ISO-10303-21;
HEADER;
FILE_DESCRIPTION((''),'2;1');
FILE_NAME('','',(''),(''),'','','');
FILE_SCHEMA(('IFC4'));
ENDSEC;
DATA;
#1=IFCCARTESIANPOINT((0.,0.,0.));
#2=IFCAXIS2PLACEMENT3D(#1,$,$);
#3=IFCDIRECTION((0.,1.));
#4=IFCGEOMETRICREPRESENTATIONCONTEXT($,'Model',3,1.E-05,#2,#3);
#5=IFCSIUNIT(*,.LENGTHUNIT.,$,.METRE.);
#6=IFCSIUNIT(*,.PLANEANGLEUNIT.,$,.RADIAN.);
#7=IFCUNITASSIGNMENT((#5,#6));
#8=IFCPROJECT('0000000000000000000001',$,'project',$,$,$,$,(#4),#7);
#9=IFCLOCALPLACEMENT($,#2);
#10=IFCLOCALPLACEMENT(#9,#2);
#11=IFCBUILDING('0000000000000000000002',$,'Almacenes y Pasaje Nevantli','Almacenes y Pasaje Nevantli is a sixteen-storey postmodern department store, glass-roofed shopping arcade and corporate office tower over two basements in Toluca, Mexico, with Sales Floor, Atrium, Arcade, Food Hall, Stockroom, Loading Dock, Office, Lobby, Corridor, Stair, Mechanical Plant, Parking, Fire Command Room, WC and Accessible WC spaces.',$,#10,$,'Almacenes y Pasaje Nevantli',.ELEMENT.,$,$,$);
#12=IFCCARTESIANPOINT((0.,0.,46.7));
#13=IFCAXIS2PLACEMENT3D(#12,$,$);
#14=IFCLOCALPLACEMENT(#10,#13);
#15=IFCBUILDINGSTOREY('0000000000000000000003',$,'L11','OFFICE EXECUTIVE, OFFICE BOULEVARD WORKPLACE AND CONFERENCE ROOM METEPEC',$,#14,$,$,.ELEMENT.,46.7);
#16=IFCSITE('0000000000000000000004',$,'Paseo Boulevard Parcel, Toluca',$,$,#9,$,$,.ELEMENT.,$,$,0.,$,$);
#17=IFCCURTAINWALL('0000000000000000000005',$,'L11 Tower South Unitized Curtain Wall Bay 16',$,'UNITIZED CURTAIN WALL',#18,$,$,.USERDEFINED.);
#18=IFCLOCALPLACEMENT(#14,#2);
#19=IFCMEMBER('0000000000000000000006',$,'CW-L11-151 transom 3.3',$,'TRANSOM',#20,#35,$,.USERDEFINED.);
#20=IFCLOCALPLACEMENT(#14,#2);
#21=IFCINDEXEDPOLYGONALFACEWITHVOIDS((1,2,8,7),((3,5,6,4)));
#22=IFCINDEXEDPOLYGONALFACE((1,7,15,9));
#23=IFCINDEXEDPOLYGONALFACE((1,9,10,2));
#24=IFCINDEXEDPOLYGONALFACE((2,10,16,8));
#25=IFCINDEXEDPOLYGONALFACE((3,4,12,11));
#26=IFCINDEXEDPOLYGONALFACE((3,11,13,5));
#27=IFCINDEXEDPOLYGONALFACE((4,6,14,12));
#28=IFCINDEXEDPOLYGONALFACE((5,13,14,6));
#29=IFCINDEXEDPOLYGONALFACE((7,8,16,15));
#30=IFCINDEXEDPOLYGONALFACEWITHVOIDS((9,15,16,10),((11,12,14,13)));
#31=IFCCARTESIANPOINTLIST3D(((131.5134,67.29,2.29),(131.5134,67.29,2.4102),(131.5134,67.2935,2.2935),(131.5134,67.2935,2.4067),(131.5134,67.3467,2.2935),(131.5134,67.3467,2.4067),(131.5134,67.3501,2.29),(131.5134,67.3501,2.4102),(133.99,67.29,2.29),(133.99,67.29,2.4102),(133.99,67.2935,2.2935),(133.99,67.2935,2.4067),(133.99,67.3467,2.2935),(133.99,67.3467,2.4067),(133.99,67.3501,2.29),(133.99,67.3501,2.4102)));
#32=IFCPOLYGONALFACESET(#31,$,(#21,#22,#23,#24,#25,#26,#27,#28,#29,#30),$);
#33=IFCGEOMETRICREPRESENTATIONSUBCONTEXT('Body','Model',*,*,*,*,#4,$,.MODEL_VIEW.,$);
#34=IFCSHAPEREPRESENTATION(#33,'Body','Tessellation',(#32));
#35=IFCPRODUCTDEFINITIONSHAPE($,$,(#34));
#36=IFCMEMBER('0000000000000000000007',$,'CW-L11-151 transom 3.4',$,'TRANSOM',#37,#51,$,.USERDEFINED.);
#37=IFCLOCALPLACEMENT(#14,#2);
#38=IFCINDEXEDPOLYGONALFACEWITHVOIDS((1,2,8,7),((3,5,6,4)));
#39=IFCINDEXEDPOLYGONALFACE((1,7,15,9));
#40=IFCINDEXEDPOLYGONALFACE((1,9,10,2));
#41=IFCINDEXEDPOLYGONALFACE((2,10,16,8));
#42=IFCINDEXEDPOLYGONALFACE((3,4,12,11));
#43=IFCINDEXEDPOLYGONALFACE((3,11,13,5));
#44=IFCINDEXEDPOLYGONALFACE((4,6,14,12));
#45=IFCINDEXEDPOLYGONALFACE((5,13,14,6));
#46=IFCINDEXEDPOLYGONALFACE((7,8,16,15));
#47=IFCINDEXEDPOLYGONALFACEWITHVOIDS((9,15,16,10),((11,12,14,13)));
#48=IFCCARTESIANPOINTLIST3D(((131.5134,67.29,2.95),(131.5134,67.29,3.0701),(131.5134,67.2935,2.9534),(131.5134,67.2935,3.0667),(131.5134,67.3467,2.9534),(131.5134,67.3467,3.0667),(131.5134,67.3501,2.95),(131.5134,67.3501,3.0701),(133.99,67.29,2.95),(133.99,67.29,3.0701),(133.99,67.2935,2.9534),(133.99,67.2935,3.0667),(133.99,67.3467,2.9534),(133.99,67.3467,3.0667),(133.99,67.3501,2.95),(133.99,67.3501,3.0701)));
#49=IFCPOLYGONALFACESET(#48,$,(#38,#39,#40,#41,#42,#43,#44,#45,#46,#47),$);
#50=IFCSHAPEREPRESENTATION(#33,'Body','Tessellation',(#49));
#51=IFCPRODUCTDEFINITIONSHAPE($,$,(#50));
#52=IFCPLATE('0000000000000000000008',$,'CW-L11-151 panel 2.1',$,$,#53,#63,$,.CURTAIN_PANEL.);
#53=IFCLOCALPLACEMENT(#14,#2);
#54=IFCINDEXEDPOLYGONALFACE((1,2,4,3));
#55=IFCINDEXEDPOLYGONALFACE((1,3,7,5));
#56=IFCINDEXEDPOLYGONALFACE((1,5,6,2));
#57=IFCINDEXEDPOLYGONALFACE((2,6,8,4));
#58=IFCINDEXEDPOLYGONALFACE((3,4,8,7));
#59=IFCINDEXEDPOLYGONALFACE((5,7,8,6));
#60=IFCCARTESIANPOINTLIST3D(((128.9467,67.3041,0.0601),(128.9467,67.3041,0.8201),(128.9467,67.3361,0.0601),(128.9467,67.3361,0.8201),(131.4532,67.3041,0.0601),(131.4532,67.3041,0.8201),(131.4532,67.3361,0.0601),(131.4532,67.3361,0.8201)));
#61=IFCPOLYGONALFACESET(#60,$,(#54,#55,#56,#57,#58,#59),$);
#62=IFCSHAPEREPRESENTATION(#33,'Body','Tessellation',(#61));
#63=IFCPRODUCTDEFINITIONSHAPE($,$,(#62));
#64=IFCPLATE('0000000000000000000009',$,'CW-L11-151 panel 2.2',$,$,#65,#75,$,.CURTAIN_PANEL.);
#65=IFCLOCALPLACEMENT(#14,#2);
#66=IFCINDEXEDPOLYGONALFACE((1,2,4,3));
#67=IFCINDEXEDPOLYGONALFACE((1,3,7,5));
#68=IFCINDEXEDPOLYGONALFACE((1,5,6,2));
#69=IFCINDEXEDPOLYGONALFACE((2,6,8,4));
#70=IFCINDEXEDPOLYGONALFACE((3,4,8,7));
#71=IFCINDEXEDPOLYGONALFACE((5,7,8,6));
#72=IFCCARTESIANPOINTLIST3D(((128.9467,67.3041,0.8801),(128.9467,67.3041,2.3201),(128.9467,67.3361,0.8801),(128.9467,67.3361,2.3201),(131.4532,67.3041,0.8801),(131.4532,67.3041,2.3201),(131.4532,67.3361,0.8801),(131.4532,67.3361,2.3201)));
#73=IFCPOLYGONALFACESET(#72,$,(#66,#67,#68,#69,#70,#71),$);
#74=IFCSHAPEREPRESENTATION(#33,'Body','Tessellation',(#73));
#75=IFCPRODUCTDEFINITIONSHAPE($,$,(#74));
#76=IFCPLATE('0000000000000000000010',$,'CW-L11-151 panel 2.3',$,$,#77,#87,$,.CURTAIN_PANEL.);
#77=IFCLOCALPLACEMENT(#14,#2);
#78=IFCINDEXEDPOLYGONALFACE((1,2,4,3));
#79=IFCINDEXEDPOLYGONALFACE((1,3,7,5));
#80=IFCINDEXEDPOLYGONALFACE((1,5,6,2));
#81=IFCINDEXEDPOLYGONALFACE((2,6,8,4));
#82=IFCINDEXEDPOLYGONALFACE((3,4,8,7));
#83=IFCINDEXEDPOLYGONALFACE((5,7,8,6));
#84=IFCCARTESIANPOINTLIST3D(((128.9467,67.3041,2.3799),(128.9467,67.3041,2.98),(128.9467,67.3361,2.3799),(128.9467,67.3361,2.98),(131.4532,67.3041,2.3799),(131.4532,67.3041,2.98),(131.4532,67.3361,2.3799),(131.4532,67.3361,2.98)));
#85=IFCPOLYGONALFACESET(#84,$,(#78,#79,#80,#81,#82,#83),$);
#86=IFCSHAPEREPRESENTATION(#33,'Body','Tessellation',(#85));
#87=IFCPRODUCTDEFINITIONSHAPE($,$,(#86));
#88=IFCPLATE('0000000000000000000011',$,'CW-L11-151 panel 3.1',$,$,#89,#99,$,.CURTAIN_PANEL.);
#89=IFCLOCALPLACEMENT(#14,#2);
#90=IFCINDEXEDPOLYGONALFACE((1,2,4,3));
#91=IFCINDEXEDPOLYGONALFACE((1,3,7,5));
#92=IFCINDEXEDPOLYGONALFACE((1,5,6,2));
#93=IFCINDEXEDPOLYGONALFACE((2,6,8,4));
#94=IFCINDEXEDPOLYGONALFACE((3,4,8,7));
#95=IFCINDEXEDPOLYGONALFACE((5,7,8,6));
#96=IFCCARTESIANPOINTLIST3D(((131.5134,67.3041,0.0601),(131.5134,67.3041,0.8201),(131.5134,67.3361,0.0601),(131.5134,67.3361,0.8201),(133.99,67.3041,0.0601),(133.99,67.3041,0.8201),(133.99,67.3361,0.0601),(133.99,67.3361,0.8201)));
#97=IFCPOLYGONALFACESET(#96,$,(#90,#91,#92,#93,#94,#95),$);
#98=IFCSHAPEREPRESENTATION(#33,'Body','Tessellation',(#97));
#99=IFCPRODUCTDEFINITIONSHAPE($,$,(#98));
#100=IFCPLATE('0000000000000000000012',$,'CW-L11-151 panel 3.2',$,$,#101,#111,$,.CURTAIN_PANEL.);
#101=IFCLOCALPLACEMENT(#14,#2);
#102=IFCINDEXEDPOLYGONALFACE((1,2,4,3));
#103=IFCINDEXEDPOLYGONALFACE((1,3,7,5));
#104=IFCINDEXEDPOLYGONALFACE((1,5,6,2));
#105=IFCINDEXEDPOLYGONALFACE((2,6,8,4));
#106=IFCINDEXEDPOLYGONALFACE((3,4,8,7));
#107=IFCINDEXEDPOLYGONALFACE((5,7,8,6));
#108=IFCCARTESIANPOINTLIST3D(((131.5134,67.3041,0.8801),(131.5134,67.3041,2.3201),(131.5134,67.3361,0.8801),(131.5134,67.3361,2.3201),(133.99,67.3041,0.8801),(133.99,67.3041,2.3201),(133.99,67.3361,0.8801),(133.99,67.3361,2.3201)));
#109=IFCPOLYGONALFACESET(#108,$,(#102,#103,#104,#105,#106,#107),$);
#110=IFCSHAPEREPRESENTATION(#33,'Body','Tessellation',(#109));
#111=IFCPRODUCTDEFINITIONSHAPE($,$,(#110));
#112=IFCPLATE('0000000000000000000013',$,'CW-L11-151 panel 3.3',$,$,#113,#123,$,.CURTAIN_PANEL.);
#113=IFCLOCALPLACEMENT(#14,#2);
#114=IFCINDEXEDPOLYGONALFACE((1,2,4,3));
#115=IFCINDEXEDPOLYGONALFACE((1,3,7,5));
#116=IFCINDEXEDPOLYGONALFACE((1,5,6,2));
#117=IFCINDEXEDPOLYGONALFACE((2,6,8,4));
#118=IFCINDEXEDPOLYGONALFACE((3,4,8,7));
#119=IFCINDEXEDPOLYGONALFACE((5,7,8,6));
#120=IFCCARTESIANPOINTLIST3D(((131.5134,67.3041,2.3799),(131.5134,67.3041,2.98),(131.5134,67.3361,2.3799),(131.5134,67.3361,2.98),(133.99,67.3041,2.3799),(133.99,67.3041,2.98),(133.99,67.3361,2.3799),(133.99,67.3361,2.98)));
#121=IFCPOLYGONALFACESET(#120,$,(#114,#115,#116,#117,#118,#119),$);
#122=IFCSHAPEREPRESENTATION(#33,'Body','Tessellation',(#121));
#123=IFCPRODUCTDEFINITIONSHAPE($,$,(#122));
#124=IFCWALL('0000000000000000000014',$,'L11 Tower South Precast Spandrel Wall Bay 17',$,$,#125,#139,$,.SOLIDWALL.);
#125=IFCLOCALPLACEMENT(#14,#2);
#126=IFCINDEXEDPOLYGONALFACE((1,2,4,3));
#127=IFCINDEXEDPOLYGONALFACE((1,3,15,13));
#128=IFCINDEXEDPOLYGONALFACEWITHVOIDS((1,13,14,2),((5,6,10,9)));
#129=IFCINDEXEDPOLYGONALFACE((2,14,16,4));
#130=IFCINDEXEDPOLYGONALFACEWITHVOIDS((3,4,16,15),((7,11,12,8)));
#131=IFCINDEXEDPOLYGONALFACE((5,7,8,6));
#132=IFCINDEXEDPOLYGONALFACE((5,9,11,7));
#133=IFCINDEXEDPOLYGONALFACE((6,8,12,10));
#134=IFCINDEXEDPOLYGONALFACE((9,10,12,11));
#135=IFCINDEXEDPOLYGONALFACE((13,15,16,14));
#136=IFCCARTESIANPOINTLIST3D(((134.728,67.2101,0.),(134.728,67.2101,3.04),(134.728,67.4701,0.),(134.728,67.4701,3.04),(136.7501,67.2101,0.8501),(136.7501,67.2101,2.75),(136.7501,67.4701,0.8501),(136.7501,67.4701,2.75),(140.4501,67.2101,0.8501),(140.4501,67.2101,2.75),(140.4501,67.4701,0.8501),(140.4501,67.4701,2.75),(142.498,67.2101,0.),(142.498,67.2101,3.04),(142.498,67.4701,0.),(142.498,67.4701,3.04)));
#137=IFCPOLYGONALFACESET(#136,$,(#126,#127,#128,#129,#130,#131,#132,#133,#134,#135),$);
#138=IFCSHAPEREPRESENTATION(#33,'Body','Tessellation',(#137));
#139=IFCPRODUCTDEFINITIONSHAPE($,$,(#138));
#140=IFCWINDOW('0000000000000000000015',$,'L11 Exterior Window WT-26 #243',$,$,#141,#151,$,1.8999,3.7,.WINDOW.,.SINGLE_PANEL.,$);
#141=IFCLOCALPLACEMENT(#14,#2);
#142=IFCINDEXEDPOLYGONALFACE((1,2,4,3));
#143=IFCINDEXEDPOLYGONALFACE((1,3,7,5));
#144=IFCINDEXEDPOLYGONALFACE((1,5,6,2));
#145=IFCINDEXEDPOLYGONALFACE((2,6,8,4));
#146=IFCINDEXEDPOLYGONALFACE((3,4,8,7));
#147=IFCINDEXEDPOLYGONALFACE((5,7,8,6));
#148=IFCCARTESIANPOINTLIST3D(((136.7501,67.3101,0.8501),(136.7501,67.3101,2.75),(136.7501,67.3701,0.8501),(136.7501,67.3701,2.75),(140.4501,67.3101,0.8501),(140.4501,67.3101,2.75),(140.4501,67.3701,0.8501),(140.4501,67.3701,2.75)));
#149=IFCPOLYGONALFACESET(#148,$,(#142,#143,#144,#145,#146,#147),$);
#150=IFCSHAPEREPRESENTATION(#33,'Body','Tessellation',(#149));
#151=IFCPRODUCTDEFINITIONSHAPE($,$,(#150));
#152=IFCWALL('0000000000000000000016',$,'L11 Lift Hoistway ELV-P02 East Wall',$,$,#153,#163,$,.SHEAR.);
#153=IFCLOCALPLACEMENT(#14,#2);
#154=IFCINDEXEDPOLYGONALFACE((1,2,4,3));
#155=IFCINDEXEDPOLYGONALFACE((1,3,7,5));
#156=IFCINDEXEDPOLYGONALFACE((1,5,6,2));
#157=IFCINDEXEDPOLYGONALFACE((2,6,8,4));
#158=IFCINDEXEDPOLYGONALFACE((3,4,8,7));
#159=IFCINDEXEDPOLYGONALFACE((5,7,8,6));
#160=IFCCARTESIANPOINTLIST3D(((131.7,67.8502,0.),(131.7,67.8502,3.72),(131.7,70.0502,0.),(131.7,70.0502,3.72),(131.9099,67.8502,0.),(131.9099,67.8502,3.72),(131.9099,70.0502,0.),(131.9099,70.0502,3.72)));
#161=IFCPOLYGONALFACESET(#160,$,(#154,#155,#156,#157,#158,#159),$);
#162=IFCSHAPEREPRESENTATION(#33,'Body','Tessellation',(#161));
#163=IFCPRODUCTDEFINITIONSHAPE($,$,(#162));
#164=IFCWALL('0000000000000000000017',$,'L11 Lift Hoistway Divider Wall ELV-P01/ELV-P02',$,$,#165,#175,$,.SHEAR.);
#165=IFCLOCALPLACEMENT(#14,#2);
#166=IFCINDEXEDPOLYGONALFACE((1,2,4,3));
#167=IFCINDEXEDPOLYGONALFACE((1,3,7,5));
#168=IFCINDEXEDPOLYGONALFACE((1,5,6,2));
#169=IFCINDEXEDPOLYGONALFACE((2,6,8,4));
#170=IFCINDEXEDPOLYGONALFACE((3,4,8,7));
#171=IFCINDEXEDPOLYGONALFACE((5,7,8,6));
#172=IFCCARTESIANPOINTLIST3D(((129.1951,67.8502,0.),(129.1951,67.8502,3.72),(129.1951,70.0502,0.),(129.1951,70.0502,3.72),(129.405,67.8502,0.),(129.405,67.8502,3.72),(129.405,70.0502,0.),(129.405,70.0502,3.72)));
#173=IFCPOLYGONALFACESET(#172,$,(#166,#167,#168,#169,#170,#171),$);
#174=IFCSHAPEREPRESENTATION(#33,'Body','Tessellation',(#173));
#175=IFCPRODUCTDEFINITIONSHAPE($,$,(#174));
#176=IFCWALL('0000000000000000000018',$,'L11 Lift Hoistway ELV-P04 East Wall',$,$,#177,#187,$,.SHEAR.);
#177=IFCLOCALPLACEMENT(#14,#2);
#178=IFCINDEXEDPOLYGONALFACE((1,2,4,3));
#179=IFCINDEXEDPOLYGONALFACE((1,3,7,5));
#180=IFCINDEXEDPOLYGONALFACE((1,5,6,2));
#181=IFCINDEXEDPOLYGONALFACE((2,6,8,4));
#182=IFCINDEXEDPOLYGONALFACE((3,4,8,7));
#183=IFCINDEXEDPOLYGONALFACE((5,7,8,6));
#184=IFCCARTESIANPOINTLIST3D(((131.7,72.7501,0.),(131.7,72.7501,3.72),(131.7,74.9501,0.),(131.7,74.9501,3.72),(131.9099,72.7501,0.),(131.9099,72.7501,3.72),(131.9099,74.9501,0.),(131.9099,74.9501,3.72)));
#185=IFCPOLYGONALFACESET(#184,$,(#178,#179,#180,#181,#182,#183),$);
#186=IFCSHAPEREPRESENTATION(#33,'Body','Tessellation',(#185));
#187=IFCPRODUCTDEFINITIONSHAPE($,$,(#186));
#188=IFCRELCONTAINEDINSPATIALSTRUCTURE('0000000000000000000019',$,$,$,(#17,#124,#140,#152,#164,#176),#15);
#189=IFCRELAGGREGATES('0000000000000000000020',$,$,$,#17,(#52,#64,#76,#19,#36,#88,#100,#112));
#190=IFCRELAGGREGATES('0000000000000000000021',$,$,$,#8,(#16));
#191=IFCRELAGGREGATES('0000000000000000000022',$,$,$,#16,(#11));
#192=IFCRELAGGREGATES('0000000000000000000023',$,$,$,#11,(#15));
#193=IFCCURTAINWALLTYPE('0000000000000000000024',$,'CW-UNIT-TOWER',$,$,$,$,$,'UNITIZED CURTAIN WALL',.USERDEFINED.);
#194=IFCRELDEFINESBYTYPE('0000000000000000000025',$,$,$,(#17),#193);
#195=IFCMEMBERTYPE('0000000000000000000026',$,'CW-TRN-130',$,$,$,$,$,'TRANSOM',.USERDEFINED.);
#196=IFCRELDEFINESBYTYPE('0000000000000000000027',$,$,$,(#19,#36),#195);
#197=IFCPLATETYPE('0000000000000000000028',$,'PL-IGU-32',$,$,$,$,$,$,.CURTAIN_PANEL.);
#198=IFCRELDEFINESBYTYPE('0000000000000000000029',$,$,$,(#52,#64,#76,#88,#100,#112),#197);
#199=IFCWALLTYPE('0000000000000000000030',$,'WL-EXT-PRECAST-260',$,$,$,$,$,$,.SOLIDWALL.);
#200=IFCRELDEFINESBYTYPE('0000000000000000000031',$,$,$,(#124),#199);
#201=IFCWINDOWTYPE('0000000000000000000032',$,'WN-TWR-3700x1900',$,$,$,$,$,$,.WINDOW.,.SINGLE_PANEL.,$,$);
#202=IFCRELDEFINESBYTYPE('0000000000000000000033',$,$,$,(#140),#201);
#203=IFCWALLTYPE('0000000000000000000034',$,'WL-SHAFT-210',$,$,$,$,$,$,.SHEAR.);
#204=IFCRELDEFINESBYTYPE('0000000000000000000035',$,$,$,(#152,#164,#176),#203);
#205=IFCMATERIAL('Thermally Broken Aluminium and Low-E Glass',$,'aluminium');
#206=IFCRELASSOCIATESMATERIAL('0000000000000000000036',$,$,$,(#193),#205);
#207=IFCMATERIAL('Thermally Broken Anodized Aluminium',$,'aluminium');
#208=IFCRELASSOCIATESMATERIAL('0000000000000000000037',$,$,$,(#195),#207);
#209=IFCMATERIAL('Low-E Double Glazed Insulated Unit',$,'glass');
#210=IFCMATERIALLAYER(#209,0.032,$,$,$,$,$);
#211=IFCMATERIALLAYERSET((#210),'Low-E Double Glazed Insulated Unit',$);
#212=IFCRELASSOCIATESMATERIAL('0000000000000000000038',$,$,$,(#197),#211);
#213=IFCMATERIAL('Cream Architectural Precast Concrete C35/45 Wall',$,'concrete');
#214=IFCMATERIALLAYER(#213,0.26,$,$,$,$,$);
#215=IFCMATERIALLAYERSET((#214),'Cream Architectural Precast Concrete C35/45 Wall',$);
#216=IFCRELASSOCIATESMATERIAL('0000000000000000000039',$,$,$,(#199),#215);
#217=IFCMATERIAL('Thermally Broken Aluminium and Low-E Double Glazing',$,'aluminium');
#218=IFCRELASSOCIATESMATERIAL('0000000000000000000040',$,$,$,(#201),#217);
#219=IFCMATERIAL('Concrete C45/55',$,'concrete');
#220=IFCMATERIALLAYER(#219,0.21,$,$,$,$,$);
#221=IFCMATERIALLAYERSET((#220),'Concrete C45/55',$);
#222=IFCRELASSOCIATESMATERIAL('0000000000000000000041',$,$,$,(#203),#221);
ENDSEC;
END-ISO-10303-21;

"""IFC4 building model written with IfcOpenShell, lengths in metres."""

from ifc_helpers import new_model, si_unit, direction, frame, frame_2d, origin, origin_2d, place, context, subcontext, project, spatial, rectangle, hollow_rectangle, extrude, material, layer, layer_set, material_profile, profile_set, type_object, element, fill, aggregate, save


model = new_model("IFC4")

# Units and contexts
model_context = context("Model", 3, precision=1e-05, world=origin(), true_north=direction((0.0, 1.0)))
body_context = subcontext(model_context, "Body", "Model", "MODEL_VIEW")
ifc_project = project(units=[si_unit("LENGTHUNIT", "METRE"), si_unit("PLANEANGLEUNIT", "RADIAN")], contexts=[model_context])

# Site, building, storey
site_placement = place(None, origin())
site = spatial("IfcSite", under=ifc_project, at=site_placement, Name="Paseo Boulevard Parcel, Toluca", CompositionType="ELEMENT", RefElevation=0.0)
building_placement = place(site_placement, origin())
building = spatial("IfcBuilding", under=site, at=building_placement, Name="Almacenes y Pasaje Nevantli", Description="Almacenes y Pasaje Nevantli is a sixteen-storey postmodern department store, glass-roofed shopping arcade and corporate office tower over two basements in Toluca, Mexico, with Sales Floor, Atrium, Arcade, Food Hall, Stockroom, Loading Dock, Office, Lobby, Corridor, Stair, Mechanical Plant, Parking, Fire Command Room, WC and Accessible WC spaces.", LongName="Almacenes y Pasaje Nevantli", CompositionType="ELEMENT")
storey_placement = place(building_placement, frame((0.0, 0.0, 46.7)))
storey = spatial("IfcBuildingStorey", under=building, at=storey_placement, Name="L11", Description="OFFICE EXECUTIVE, OFFICE BOULEVARD WORKPLACE AND CONFERENCE ROOM METEPEC", CompositionType="ELEMENT", Elevation=46.7)

# Curtain wall, members, plates
ifc_material_1 = material(Name="Thermally Broken Aluminium and Low-E Glass", Category="aluminium")
curtain_wall_type = type_object("IfcCurtainWallType", Name="CW-UNIT-TOWER", ElementType="UNITIZED CURTAIN WALL", PredefinedType="USERDEFINED", material=ifc_material_1)
curtain_wall_placement = place(storey_placement, origin())
curtain_wall = element("IfcCurtainWall", 1, at=curtain_wall_placement, inside=storey, type_object=curtain_wall_type, Name="L11 Tower South Unitized Curtain Wall Bay 16", ObjectType="UNITIZED CURTAIN WALL", PredefinedType="USERDEFINED")
ifc_material_2 = material(Name="Thermally Broken Anodized Aluminium", Category="aluminium")
ifc_material_profile_1 = material_profile(ifc_material_2, hollow_rectangle(XDim=0.0601, YDim=0.1201, WallThickness=0.0034, at=origin_2d()), Name="ALU-TRN-60x120")
ifc_profile_set_1 = profile_set([ifc_material_profile_1], Name="Thermally Broken Anodized Aluminium")
member_type_1 = type_object("IfcMemberType", Name="CW-TRN-130", ElementType="TRANSOM", PredefinedType="USERDEFINED", material=ifc_profile_set_1)
member_1_placement = place(storey_placement, frame((131.5134, 67.3201, 2.3501), z_axis=(1.0, 0.0, 0.0), x_axis=(0.0, 1.0, 0.0)))
member_1 = element("IfcMember", 2, at=member_1_placement, type_object=member_type_1, Name="CW-L11-151 transom 3.3", ObjectType="TRANSOM", PredefinedType="USERDEFINED", context=body_context, shape_type="SweptSolid", body=[
    extrude(hollow_rectangle(XDim=0.0601, YDim=0.1201, WallThickness=0.0034, at=origin_2d()), origin(), (0.0, 0.0, 1.0), 2.4766),
])
member_2_placement = place(storey_placement, frame((131.5134, 67.3201, 3.01), z_axis=(1.0, 0.0, 0.0), x_axis=(0.0, 1.0, 0.0)))
member_2 = element("IfcMember", 3, at=member_2_placement, type_object=member_type_1, Name="CW-L11-151 transom 3.4", ObjectType="TRANSOM", PredefinedType="USERDEFINED", context=body_context, shape_type="SweptSolid", body=[
    extrude(hollow_rectangle(XDim=0.0601, YDim=0.1201, WallThickness=0.0034, at=origin_2d()), origin(), (0.0, 0.0, 1.0), 2.4766),
])
ifc_material_3 = material(Name="Low-E Double Glazed Insulated Unit", Category="glass")
ifc_layer_1 = layer(ifc_material_3, 0.032)
ifc_layer_set_1 = layer_set([ifc_layer_1], Name="Low-E Double Glazed Insulated Unit")
plate_type = type_object("IfcPlateType", Name="PL-IGU-32", PredefinedType="CURTAIN_PANEL", material=ifc_layer_set_1)
plate_1_placement = place(storey_placement, frame((130.2, 67.3201, 0.0601), z_axis=(0.0, 0.0, 1.0), x_axis=(1.0, 0.0, 0.0)))
plate_1 = element("IfcPlate", 4, at=plate_1_placement, type_object=plate_type, Name="CW-L11-151 panel 2.1", PredefinedType="CURTAIN_PANEL", context=body_context, shape_type="SweptSolid", body=[
    extrude(rectangle(XDim=2.5066, YDim=0.032, at=origin_2d()), origin(), (0.0, 0.0, 1.0), 0.76),
])
plate_2_placement = place(storey_placement, frame((130.2, 67.3201, 0.8801), z_axis=(0.0, 0.0, 1.0), x_axis=(1.0, 0.0, 0.0)))
plate_2 = element("IfcPlate", 5, at=plate_2_placement, type_object=plate_type, Name="CW-L11-151 panel 2.2", PredefinedType="CURTAIN_PANEL", context=body_context, shape_type="SweptSolid", body=[
    extrude(rectangle(XDim=2.5066, YDim=0.032, at=origin_2d()), origin(), (0.0, 0.0, 1.0), 1.4399),
])
plate_3_placement = place(storey_placement, frame((130.2, 67.3201, 2.3799), z_axis=(0.0, 0.0, 1.0), x_axis=(1.0, 0.0, 0.0)))
plate_3 = element("IfcPlate", 6, at=plate_3_placement, type_object=plate_type, Name="CW-L11-151 panel 2.3", PredefinedType="CURTAIN_PANEL", context=body_context, shape_type="SweptSolid", body=[
    extrude(rectangle(XDim=2.5066, YDim=0.032, at=origin_2d()), origin(), (0.0, 0.0, 1.0), 0.6001),
])
plate_4_placement = place(storey_placement, frame((132.7517, 67.3201, 0.0601), z_axis=(0.0, 0.0, 1.0), x_axis=(1.0, 0.0, 0.0)))
plate_4 = element("IfcPlate", 7, at=plate_4_placement, type_object=plate_type, Name="CW-L11-151 panel 3.1", PredefinedType="CURTAIN_PANEL", context=body_context, shape_type="SweptSolid", body=[
    extrude(rectangle(XDim=2.4766, YDim=0.032, at=origin_2d()), origin(), (0.0, 0.0, 1.0), 0.76),
])
plate_5_placement = place(storey_placement, frame((132.7517, 67.3201, 0.8801), z_axis=(0.0, 0.0, 1.0), x_axis=(1.0, 0.0, 0.0)))
plate_5 = element("IfcPlate", 8, at=plate_5_placement, type_object=plate_type, Name="CW-L11-151 panel 3.2", PredefinedType="CURTAIN_PANEL", context=body_context, shape_type="SweptSolid", body=[
    extrude(rectangle(XDim=2.4766, YDim=0.032, at=origin_2d()), origin(), (0.0, 0.0, 1.0), 1.4399),
])
plate_6_placement = place(storey_placement, frame((132.7517, 67.3201, 2.3799), z_axis=(0.0, 0.0, 1.0), x_axis=(1.0, 0.0, 0.0)))
plate_6 = element("IfcPlate", 9, at=plate_6_placement, type_object=plate_type, Name="CW-L11-151 panel 3.3", PredefinedType="CURTAIN_PANEL", context=body_context, shape_type="SweptSolid", body=[
    extrude(rectangle(XDim=2.4766, YDim=0.032, at=origin_2d()), origin(), (0.0, 0.0, 1.0), 0.6001),
])
aggregate(curtain_wall, [plate_1, plate_2, plate_3, member_1, member_2, plate_4, plate_5, plate_6])

# Wall, opening, window
ifc_material_4 = material(Name="Cream Architectural Precast Concrete C35/45 Wall", Category="concrete")
ifc_layer_2 = layer(ifc_material_4, 0.26)
ifc_layer_set_2 = layer_set([ifc_layer_2], Name="Cream Architectural Precast Concrete C35/45 Wall")
wall_type_1 = type_object("IfcWallType", Name="WL-EXT-PRECAST-260", PredefinedType="SOLIDWALL", material=ifc_layer_set_2)
wall_placement = place(storey_placement, frame((134.728, 67.3401, 0.0), z_axis=(0.0, 0.0, 1.0), x_axis=(1.0, 0.0, 0.0)))
wall = element("IfcWall", 10, at=wall_placement, inside=storey, type_object=wall_type_1, Name="L11 Tower South Precast Spandrel Wall Bay 17", PredefinedType="SOLIDWALL", context=body_context, shape_type="SweptSolid", body=[
    extrude(rectangle(XDim=7.77, YDim=0.26, at=frame_2d((3.885, 0.0))), origin(), (0.0, 0.0, 1.0), 3.04),
])
opening_placement = place(wall_placement, frame((2.022, 0.0, 0.8501)))
opening = element("IfcOpeningElement", 11, at=opening_placement, cuts=wall, PredefinedType="OPENING", context=body_context, shape_type="SweptSolid", body=[
    extrude(rectangle(XDim=3.7, YDim=1.8999, at=frame_2d((1.8501, 0.95))), frame((0.0, 0.1399, 0.0), z_axis=(0.0, -1.0, 0.0), x_axis=(1.0, 0.0, 0.0)), (0.0, 0.0, 1.0), 0.28),
])
ifc_material_5 = material(Name="Thermally Broken Aluminium and Low-E Double Glazing", Category="aluminium")
window_type = type_object("IfcWindowType", Name="WN-TWR-3700x1900", PartitioningType="SINGLE_PANEL", PredefinedType="WINDOW", material=ifc_material_5)
window_placement = place(opening_placement, origin())
window = element("IfcWindow", 12, at=window_placement, inside=storey, type_object=window_type, Name="L11 Exterior Window WT-26 #243", OverallHeight=1.8999, OverallWidth=3.7, PartitioningType="SINGLE_PANEL", PredefinedType="WINDOW", context=body_context, shape_type="SweptSolid", body=[
    extrude(rectangle(XDim=3.7, YDim=1.8999, at=frame_2d((1.8501, 0.95))), frame((0.0, 0.03, 0.0), z_axis=(0.0, -1.0, 0.0), x_axis=(1.0, 0.0, 0.0)), (0.0, 0.0, 1.0), 0.0601),
])
fill(opening, window)

# Walls
ifc_material_6 = material(Name="Concrete C45/55", Category="concrete")
ifc_layer_3 = layer(ifc_material_6, 0.21)
ifc_layer_set_3 = layer_set([ifc_layer_3], Name="Concrete C45/55")
wall_type_2 = type_object("IfcWallType", Name="WL-SHAFT-210", PredefinedType="SHEAR", material=ifc_layer_set_3)
for number, where, z_axis, x_axis, name in (
    (13, (131.8049, 67.8501, 0.0), (0.0, 0.0, 1.0), (0.0, 1.0, 0.0), "L11 Lift Hoistway ELV-P02 East Wall"),
    (14, (129.3, 67.8501, 0.0), (0.0, 0.0, 1.0), (0.0, 1.0, 0.0), "L11 Lift Hoistway Divider Wall ELV-P01/ELV-P02"),
    (15, (131.8049, 72.75, 0.0), (0.0, 0.0, 1.0), (0.0, 1.0, 0.0), "L11 Lift Hoistway ELV-P04 East Wall"),
):
    element("IfcWall", number, at=place(storey_placement, frame(where, z_axis=z_axis, x_axis=x_axis)), inside=storey, type_object=wall_type_2, Name=name, PredefinedType="SHEAR", context=body_context, shape_type="SweptSolid", body=[
        extrude(rectangle(XDim=2.2, YDim=0.21, at=frame_2d((1.1001, 0.0))), origin(), (0.0, 0.0, 1.0), 3.72),
    ])

save(model, "model.ifc")
